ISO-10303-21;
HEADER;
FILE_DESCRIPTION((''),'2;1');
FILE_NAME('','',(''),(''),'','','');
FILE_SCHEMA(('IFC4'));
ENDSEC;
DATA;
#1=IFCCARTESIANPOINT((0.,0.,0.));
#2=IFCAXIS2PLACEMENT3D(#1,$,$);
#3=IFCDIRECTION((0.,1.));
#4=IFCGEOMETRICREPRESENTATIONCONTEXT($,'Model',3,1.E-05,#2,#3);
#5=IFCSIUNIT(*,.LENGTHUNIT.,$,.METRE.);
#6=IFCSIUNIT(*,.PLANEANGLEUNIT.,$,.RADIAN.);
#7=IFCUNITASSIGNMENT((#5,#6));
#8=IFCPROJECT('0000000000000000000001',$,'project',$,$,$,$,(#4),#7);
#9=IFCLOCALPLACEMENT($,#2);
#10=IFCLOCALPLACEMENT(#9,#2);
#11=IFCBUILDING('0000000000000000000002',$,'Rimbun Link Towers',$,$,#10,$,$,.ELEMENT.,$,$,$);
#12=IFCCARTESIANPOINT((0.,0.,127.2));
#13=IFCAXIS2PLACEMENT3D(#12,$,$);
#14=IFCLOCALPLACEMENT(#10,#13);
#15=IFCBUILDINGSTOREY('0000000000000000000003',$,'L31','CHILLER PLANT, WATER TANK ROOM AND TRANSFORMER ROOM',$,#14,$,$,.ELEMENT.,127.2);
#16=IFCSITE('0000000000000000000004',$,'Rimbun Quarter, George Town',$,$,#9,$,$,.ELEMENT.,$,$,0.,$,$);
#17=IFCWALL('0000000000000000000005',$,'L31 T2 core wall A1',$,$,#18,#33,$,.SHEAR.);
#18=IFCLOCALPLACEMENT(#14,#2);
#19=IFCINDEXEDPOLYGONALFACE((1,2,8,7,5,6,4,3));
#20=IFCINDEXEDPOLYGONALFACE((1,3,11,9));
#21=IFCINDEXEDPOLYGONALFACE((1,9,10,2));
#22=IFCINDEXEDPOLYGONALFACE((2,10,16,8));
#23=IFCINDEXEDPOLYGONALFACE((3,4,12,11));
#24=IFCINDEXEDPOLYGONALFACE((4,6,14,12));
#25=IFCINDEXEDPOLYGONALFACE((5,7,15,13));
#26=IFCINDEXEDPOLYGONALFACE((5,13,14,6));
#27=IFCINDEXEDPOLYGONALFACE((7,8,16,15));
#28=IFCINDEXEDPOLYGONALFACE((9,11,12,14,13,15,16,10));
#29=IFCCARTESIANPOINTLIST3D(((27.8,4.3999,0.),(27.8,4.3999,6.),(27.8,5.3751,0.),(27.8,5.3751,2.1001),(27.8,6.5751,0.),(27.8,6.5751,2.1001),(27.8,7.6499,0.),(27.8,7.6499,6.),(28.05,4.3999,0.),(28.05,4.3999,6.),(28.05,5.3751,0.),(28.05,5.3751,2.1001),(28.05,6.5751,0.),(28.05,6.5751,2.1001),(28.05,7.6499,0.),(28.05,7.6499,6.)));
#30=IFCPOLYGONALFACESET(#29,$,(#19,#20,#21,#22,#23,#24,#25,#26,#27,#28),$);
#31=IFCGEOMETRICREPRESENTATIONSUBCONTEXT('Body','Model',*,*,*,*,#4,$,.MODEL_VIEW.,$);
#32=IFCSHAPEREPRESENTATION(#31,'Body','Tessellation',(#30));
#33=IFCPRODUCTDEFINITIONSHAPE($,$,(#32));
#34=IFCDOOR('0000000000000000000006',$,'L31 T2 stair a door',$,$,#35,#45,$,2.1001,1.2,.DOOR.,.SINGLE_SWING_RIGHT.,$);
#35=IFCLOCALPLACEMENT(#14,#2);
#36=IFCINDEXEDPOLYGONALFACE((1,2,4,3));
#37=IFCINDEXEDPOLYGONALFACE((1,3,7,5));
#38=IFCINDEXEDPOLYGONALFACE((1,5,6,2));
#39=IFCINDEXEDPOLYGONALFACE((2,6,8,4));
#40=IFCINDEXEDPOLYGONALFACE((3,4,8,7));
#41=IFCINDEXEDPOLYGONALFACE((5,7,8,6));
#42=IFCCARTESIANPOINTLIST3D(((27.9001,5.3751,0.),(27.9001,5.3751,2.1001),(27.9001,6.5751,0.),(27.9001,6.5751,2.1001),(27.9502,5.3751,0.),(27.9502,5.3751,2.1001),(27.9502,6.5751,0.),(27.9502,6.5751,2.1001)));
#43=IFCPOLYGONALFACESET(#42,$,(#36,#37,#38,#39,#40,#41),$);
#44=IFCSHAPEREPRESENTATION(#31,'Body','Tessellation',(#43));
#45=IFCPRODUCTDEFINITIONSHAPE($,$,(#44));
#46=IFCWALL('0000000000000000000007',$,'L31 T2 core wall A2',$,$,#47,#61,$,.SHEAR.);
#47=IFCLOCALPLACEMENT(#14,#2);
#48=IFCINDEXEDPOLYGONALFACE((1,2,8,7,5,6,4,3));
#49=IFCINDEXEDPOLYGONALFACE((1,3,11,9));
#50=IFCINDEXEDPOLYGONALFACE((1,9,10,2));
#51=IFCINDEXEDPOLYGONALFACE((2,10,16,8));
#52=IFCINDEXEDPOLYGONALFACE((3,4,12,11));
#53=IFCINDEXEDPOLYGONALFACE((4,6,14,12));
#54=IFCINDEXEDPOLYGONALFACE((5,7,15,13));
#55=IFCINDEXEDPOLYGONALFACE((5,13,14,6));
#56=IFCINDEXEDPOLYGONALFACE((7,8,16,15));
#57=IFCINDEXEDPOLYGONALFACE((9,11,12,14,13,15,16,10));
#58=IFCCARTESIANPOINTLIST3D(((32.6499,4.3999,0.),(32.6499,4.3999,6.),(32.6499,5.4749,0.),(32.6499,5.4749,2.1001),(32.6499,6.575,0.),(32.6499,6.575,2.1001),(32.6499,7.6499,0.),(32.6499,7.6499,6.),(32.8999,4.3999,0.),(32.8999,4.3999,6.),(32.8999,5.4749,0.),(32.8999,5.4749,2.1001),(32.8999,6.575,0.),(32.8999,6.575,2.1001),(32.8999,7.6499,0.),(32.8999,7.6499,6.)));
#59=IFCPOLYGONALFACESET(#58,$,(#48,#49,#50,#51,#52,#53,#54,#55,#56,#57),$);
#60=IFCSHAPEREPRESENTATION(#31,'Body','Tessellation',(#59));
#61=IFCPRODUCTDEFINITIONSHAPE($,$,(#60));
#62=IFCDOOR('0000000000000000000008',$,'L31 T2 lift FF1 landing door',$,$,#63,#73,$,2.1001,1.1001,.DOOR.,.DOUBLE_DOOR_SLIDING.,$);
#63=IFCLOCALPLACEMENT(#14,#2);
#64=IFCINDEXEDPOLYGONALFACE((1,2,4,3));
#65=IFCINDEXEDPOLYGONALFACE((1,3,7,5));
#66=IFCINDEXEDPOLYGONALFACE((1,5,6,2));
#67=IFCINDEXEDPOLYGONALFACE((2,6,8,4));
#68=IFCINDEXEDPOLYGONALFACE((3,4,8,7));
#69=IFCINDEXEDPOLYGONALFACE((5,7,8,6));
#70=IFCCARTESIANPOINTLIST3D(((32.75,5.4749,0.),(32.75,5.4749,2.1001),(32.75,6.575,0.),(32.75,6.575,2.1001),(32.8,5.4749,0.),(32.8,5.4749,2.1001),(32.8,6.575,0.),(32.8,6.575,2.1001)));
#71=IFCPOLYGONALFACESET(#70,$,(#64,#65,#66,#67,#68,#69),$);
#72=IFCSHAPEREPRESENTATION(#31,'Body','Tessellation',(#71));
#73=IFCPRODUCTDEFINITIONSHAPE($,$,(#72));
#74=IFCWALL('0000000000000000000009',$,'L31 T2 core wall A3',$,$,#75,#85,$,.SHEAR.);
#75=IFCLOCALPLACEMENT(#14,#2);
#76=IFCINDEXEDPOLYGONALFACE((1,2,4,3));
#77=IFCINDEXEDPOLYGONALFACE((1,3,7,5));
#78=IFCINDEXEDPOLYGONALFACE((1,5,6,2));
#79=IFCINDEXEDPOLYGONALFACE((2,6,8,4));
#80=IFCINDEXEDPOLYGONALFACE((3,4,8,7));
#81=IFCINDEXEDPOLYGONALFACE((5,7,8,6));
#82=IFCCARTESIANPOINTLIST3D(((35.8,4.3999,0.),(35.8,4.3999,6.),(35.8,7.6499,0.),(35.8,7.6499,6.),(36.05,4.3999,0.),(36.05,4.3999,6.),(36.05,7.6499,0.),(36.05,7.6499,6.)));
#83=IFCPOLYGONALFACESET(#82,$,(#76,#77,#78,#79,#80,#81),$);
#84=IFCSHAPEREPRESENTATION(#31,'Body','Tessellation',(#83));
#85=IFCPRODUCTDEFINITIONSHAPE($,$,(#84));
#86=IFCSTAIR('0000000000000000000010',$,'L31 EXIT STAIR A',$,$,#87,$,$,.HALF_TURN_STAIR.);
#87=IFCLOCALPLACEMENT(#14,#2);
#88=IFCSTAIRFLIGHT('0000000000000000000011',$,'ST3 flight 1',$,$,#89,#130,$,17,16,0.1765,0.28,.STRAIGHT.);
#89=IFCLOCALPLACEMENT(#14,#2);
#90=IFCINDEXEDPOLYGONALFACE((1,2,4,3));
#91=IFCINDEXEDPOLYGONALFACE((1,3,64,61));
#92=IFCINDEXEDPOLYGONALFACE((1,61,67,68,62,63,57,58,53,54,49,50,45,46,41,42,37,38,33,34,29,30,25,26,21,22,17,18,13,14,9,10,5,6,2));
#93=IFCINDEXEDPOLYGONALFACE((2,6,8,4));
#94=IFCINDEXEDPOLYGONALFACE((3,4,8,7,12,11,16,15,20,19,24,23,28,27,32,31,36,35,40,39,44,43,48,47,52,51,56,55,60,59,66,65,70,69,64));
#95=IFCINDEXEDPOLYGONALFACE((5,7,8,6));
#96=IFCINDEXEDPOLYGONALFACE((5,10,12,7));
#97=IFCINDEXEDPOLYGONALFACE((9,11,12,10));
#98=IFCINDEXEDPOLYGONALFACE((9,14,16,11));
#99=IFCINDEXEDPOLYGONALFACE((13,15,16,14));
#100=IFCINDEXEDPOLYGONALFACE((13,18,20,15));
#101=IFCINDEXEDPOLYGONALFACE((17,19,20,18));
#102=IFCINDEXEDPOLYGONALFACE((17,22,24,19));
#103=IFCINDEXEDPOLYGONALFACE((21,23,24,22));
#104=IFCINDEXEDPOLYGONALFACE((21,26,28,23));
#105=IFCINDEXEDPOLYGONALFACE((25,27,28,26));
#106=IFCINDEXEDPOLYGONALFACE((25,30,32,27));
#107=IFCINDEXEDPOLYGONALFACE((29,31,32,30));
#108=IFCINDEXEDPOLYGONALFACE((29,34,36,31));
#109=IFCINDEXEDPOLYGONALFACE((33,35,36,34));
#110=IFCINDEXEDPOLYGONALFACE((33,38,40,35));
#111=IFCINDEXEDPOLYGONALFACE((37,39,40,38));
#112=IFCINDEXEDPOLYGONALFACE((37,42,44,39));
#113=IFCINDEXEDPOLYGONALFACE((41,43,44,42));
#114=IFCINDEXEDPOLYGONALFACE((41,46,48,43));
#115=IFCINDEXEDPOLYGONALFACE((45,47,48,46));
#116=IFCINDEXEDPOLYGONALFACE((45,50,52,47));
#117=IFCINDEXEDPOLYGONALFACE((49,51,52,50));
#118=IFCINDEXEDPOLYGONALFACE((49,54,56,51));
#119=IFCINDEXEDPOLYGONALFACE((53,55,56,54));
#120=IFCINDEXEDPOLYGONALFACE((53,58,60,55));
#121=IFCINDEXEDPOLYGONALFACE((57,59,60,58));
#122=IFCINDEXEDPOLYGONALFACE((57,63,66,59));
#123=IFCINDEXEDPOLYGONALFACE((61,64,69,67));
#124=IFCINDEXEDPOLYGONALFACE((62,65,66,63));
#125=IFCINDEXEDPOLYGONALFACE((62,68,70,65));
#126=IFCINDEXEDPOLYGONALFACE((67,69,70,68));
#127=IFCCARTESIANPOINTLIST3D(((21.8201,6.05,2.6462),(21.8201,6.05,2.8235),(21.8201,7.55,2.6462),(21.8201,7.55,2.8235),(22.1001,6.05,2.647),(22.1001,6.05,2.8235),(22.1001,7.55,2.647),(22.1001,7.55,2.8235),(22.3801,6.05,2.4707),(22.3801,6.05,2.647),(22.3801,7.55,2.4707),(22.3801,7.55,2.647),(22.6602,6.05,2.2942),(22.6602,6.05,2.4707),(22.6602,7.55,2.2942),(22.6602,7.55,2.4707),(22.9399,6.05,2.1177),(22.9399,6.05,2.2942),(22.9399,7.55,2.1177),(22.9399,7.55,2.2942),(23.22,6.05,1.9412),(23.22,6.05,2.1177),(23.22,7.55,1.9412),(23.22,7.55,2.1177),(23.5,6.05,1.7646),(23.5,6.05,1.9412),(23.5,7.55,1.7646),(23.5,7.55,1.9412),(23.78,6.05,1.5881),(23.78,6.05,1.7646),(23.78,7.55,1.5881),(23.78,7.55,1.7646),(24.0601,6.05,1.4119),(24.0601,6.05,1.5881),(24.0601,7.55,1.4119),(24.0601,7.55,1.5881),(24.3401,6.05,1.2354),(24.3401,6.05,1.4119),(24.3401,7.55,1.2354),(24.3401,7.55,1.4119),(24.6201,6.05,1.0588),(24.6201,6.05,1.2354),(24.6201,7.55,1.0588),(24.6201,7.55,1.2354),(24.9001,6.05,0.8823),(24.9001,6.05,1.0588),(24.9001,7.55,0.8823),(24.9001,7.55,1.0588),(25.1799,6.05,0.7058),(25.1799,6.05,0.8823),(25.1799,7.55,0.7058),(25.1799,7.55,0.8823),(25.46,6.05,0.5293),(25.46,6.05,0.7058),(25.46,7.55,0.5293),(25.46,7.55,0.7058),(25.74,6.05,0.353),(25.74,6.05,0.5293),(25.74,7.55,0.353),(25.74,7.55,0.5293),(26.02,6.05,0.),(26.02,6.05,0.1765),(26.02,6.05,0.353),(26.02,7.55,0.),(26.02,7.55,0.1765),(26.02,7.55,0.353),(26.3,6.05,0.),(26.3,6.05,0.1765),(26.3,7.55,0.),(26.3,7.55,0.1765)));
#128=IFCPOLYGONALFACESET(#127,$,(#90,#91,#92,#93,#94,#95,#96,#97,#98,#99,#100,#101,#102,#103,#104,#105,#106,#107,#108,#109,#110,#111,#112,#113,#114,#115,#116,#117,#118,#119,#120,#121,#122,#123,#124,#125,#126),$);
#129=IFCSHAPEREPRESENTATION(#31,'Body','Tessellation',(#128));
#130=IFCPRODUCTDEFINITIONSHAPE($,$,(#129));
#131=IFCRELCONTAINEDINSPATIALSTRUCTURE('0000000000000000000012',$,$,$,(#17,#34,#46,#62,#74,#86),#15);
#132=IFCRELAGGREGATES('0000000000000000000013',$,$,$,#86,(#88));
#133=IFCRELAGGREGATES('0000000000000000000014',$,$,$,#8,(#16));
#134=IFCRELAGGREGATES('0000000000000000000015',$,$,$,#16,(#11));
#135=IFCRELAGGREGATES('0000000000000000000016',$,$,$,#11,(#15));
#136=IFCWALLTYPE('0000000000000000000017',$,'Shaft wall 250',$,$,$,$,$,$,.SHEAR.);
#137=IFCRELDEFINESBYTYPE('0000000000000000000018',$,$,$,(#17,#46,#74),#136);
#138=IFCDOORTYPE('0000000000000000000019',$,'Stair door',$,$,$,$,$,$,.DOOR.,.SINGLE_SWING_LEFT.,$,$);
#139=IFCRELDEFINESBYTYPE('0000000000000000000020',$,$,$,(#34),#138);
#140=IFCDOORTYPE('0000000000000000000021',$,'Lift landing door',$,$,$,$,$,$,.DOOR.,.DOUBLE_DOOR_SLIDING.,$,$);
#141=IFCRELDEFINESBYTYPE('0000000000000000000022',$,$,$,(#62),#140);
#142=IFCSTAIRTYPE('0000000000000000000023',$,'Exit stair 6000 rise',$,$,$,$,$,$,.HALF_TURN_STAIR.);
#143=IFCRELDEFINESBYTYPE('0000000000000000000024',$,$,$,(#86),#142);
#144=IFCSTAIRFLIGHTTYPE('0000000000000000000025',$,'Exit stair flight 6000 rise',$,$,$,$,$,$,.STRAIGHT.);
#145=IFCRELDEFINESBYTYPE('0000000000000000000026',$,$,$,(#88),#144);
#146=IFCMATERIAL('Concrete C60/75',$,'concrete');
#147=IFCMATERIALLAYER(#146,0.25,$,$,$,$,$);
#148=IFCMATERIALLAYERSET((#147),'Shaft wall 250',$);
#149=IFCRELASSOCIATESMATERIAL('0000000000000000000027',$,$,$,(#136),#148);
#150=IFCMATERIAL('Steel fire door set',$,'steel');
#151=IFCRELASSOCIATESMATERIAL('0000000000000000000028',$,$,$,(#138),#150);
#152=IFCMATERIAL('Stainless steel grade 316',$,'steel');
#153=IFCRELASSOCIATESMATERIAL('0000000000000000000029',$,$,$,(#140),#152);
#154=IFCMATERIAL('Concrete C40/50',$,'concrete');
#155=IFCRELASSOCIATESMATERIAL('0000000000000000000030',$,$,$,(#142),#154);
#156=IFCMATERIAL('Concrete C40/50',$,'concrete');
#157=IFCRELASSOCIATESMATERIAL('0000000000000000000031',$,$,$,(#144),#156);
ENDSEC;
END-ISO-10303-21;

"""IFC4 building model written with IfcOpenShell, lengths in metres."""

from ifc_helpers import new_model, si_unit, direction, frame, frame_2d, origin, place, context, subcontext, project, spatial, polyline, rectangle, outline, extrude, material, layer, layer_set, type_object, element, fill, aggregate, save


model = new_model("IFC4")

# Units and contexts
model_context = context("Model", 3, precision=1e-05, world=origin(), true_north=direction((0.0, 1.0)))
body_context = subcontext(model_context, "Body", "Model", "MODEL_VIEW")
ifc_project = project(units=[si_unit("LENGTHUNIT", "METRE"), si_unit("PLANEANGLEUNIT", "RADIAN")], contexts=[model_context])

# Site, building, storey
site_placement = place(None, origin())
site = spatial("IfcSite", under=ifc_project, at=site_placement, Name="Rimbun Quarter, George Town", CompositionType="ELEMENT", RefElevation=0.0)
building_placement = place(site_placement, origin())
building = spatial("IfcBuilding", under=site, at=building_placement, Name="Rimbun Link Towers", CompositionType="ELEMENT")
storey_placement = place(building_placement, frame((0.0, 0.0, 127.2)))
storey = spatial("IfcBuildingStorey", under=building, at=storey_placement, Name="L31", Description="CHILLER PLANT, WATER TANK ROOM AND TRANSFORMER ROOM", CompositionType="ELEMENT", Elevation=127.2)

# Shared definitions
ifc_material_1 = material(Name="Concrete C60/75", Category="concrete")
ifc_layer = layer(ifc_material_1, 0.25)
ifc_layer_set = layer_set([ifc_layer], Name="Shaft wall 250")
wall_type = type_object("IfcWallType", Name="Shaft wall 250", PredefinedType="SHEAR", material=ifc_layer_set)

# Walls, openings, doors
wall_1_placement = place(storey_placement, frame((27.925, 4.3999, 0.0), z_axis=(0.0, 0.0, 1.0), x_axis=(0.0, 1.0, 0.0)))
wall_1 = element("IfcWall", 1, at=wall_1_placement, inside=storey, type_object=wall_type, Name="L31 T2 core wall A1", PredefinedType="SHEAR", context=body_context, shape_type="SweptSolid", body=[
    extrude(rectangle(XDim=3.25, YDim=0.25, at=frame_2d((1.625, 0.0))), origin(), (0.0, 0.0, 1.0), 6.0),
])
opening_1_placement = place(wall_1_placement, frame((0.9751, 0.0, 0.0)))
opening_1 = element("IfcOpeningElement", 2, at=opening_1_placement, cuts=wall_1, PredefinedType="OPENING", context=body_context, shape_type="SweptSolid", body=[
    extrude(rectangle(XDim=1.2, YDim=2.1001, at=frame_2d((0.6001, 1.05))), frame((0.0, 0.135, 0.0), z_axis=(0.0, -1.0, 0.0), x_axis=(1.0, 0.0, 0.0)), (0.0, 0.0, 1.0), 0.27),
])
ifc_material_2 = material(Name="Steel fire door set", Category="steel")
door_type_1 = type_object("IfcDoorType", Name="Stair door", OperationType="SINGLE_SWING_LEFT", PredefinedType="DOOR", material=ifc_material_2)
door_1_placement = place(opening_1_placement, origin())
door_1 = element("IfcDoor", 3, at=door_1_placement, inside=storey, type_object=door_type_1, Name="L31 T2 stair a door", OperationType="SINGLE_SWING_RIGHT", OverallHeight=2.1001, OverallWidth=1.2, PredefinedType="DOOR", context=body_context, shape_type="SweptSolid", body=[
    extrude(rectangle(XDim=1.2, YDim=2.1001, at=frame_2d((0.6001, 1.05))), frame((0.0, 0.0249, 0.0), z_axis=(0.0, -1.0, 0.0), x_axis=(1.0, 0.0, 0.0)), (0.0, 0.0, 1.0), 0.05),
])
fill(opening_1, door_1)
wall_2_placement = place(storey_placement, frame((32.7749, 4.3999, 0.0), z_axis=(0.0, 0.0, 1.0), x_axis=(0.0, 1.0, 0.0)))
wall_2 = element("IfcWall", 4, at=wall_2_placement, inside=storey, type_object=wall_type, Name="L31 T2 core wall A2", PredefinedType="SHEAR", context=body_context, shape_type="SweptSolid", body=[
    extrude(rectangle(XDim=3.25, YDim=0.25, at=frame_2d((1.625, 0.0))), origin(), (0.0, 0.0, 1.0), 6.0),
])
opening_2_placement = place(wall_2_placement, frame((1.075, 0.0, 0.0)))
opening_2 = element("IfcOpeningElement", 5, at=opening_2_placement, cuts=wall_2, PredefinedType="OPENING", context=body_context, shape_type="SweptSolid", body=[
    extrude(rectangle(XDim=1.1001, YDim=2.1001, at=frame_2d((0.55, 1.05))), frame((0.0, 0.135, 0.0), z_axis=(0.0, -1.0, 0.0), x_axis=(1.0, 0.0, 0.0)), (0.0, 0.0, 1.0), 0.27),
])
ifc_material_3 = material(Name="Stainless steel grade 316", Category="steel")
door_type_2 = type_object("IfcDoorType", Name="Lift landing door", OperationType="DOUBLE_DOOR_SLIDING", PredefinedType="DOOR", material=ifc_material_3)
door_2_placement = place(opening_2_placement, origin())
door_2 = element("IfcDoor", 6, at=door_2_placement, inside=storey, type_object=door_type_2, Name="L31 T2 lift FF1 landing door", OperationType="DOUBLE_DOOR_SLIDING", OverallHeight=2.1001, OverallWidth=1.1001, PredefinedType="DOOR", context=body_context, shape_type="SweptSolid", body=[
    extrude(rectangle(XDim=1.1001, YDim=2.1001, at=frame_2d((0.55, 1.05))), frame((0.0, 0.0249, 0.0), z_axis=(0.0, -1.0, 0.0), x_axis=(1.0, 0.0, 0.0)), (0.0, 0.0, 1.0), 0.05),
])
fill(opening_2, door_2)

# Wall
wall_3_placement = place(storey_placement, frame((35.925, 4.3999, 0.0), z_axis=(0.0, 0.0, 1.0), x_axis=(0.0, 1.0, 0.0)))
element("IfcWall", 7, at=wall_3_placement, inside=storey, type_object=wall_type, Name="L31 T2 core wall A3", PredefinedType="SHEAR", context=body_context, shape_type="SweptSolid", body=[
    extrude(rectangle(XDim=3.25, YDim=0.25, at=frame_2d((1.625, 0.0))), origin(), (0.0, 0.0, 1.0), 6.0),
])

# Stair, stair flight
ifc_material_4 = material(Name="Concrete C40/50", Category="concrete")
stair_type = type_object("IfcStairType", Name="Exit stair 6000 rise", PredefinedType="HALF_TURN_STAIR", material=ifc_material_4)
stair_placement = place(storey_placement, origin())
stair = element("IfcStair", 8, at=stair_placement, inside=storey, type_object=stair_type, Name="L31 EXIT STAIR A", PredefinedType="HALF_TURN_STAIR")
ifc_material_5 = material(Name="Concrete C40/50", Category="concrete")
stair_flight_type = type_object("IfcStairFlightType", Name="Exit stair flight 6000 rise", PredefinedType="STRAIGHT", material=ifc_material_5)
stair_flight_placement = place(storey_placement, frame((26.3, 6.8, 0.0), z_axis=(0.0, 0.0, 1.0), x_axis=(-1.0, 0.0, 0.0)))
stair_flight = element("IfcStairFlight", 9, at=stair_flight_placement, type_object=stair_flight_type, Name="ST3 flight 1", NumberOfRisers=17, NumberOfTreads=16, PredefinedType="STRAIGHT", RiserHeight=0.1765, TreadLength=0.28, context=body_context, shape_type="SweptSolid", body=[
    extrude(outline(polyline([(0.0, 0.0), (0.0, 0.1765), (0.28, 0.1765), (0.28, 0.353), (0.5601, 0.353), (0.5601, 0.5293), (0.8401, 0.5293), (0.8401, 0.7058), (1.1201, 0.7058), (1.1201, 0.8823), (1.3999, 0.8823), (1.3999, 1.0588), (1.6799, 1.0588), (1.6799, 1.2354), (1.96, 1.2354), (1.96, 1.4119), (2.24, 1.4119), (2.24, 1.5881), (2.52, 1.5881), (2.52, 1.7646), (2.8, 1.7646), (2.8, 1.9412), (3.0801, 1.9412), (3.0801, 2.1177), (3.3601, 2.1177), (3.3601, 2.2942), (3.6399, 2.2942), (3.6399, 2.4707), (3.9199, 2.4707), (3.9199, 2.647), (4.2, 2.647), (4.2, 2.8235), (4.48, 2.8235), (4.48, 3.0), (4.48, 2.6462), (0.28, 0.0), (0.0, 0.0)])), frame((0.0, 0.75, 0.0), z_axis=(0.0, -1.0, 0.0), x_axis=(1.0, 0.0, 0.0)), (0.0, 0.0, 1.0), 1.5),
])
aggregate(stair, [stair_flight])

save(model, "model.ifc")
